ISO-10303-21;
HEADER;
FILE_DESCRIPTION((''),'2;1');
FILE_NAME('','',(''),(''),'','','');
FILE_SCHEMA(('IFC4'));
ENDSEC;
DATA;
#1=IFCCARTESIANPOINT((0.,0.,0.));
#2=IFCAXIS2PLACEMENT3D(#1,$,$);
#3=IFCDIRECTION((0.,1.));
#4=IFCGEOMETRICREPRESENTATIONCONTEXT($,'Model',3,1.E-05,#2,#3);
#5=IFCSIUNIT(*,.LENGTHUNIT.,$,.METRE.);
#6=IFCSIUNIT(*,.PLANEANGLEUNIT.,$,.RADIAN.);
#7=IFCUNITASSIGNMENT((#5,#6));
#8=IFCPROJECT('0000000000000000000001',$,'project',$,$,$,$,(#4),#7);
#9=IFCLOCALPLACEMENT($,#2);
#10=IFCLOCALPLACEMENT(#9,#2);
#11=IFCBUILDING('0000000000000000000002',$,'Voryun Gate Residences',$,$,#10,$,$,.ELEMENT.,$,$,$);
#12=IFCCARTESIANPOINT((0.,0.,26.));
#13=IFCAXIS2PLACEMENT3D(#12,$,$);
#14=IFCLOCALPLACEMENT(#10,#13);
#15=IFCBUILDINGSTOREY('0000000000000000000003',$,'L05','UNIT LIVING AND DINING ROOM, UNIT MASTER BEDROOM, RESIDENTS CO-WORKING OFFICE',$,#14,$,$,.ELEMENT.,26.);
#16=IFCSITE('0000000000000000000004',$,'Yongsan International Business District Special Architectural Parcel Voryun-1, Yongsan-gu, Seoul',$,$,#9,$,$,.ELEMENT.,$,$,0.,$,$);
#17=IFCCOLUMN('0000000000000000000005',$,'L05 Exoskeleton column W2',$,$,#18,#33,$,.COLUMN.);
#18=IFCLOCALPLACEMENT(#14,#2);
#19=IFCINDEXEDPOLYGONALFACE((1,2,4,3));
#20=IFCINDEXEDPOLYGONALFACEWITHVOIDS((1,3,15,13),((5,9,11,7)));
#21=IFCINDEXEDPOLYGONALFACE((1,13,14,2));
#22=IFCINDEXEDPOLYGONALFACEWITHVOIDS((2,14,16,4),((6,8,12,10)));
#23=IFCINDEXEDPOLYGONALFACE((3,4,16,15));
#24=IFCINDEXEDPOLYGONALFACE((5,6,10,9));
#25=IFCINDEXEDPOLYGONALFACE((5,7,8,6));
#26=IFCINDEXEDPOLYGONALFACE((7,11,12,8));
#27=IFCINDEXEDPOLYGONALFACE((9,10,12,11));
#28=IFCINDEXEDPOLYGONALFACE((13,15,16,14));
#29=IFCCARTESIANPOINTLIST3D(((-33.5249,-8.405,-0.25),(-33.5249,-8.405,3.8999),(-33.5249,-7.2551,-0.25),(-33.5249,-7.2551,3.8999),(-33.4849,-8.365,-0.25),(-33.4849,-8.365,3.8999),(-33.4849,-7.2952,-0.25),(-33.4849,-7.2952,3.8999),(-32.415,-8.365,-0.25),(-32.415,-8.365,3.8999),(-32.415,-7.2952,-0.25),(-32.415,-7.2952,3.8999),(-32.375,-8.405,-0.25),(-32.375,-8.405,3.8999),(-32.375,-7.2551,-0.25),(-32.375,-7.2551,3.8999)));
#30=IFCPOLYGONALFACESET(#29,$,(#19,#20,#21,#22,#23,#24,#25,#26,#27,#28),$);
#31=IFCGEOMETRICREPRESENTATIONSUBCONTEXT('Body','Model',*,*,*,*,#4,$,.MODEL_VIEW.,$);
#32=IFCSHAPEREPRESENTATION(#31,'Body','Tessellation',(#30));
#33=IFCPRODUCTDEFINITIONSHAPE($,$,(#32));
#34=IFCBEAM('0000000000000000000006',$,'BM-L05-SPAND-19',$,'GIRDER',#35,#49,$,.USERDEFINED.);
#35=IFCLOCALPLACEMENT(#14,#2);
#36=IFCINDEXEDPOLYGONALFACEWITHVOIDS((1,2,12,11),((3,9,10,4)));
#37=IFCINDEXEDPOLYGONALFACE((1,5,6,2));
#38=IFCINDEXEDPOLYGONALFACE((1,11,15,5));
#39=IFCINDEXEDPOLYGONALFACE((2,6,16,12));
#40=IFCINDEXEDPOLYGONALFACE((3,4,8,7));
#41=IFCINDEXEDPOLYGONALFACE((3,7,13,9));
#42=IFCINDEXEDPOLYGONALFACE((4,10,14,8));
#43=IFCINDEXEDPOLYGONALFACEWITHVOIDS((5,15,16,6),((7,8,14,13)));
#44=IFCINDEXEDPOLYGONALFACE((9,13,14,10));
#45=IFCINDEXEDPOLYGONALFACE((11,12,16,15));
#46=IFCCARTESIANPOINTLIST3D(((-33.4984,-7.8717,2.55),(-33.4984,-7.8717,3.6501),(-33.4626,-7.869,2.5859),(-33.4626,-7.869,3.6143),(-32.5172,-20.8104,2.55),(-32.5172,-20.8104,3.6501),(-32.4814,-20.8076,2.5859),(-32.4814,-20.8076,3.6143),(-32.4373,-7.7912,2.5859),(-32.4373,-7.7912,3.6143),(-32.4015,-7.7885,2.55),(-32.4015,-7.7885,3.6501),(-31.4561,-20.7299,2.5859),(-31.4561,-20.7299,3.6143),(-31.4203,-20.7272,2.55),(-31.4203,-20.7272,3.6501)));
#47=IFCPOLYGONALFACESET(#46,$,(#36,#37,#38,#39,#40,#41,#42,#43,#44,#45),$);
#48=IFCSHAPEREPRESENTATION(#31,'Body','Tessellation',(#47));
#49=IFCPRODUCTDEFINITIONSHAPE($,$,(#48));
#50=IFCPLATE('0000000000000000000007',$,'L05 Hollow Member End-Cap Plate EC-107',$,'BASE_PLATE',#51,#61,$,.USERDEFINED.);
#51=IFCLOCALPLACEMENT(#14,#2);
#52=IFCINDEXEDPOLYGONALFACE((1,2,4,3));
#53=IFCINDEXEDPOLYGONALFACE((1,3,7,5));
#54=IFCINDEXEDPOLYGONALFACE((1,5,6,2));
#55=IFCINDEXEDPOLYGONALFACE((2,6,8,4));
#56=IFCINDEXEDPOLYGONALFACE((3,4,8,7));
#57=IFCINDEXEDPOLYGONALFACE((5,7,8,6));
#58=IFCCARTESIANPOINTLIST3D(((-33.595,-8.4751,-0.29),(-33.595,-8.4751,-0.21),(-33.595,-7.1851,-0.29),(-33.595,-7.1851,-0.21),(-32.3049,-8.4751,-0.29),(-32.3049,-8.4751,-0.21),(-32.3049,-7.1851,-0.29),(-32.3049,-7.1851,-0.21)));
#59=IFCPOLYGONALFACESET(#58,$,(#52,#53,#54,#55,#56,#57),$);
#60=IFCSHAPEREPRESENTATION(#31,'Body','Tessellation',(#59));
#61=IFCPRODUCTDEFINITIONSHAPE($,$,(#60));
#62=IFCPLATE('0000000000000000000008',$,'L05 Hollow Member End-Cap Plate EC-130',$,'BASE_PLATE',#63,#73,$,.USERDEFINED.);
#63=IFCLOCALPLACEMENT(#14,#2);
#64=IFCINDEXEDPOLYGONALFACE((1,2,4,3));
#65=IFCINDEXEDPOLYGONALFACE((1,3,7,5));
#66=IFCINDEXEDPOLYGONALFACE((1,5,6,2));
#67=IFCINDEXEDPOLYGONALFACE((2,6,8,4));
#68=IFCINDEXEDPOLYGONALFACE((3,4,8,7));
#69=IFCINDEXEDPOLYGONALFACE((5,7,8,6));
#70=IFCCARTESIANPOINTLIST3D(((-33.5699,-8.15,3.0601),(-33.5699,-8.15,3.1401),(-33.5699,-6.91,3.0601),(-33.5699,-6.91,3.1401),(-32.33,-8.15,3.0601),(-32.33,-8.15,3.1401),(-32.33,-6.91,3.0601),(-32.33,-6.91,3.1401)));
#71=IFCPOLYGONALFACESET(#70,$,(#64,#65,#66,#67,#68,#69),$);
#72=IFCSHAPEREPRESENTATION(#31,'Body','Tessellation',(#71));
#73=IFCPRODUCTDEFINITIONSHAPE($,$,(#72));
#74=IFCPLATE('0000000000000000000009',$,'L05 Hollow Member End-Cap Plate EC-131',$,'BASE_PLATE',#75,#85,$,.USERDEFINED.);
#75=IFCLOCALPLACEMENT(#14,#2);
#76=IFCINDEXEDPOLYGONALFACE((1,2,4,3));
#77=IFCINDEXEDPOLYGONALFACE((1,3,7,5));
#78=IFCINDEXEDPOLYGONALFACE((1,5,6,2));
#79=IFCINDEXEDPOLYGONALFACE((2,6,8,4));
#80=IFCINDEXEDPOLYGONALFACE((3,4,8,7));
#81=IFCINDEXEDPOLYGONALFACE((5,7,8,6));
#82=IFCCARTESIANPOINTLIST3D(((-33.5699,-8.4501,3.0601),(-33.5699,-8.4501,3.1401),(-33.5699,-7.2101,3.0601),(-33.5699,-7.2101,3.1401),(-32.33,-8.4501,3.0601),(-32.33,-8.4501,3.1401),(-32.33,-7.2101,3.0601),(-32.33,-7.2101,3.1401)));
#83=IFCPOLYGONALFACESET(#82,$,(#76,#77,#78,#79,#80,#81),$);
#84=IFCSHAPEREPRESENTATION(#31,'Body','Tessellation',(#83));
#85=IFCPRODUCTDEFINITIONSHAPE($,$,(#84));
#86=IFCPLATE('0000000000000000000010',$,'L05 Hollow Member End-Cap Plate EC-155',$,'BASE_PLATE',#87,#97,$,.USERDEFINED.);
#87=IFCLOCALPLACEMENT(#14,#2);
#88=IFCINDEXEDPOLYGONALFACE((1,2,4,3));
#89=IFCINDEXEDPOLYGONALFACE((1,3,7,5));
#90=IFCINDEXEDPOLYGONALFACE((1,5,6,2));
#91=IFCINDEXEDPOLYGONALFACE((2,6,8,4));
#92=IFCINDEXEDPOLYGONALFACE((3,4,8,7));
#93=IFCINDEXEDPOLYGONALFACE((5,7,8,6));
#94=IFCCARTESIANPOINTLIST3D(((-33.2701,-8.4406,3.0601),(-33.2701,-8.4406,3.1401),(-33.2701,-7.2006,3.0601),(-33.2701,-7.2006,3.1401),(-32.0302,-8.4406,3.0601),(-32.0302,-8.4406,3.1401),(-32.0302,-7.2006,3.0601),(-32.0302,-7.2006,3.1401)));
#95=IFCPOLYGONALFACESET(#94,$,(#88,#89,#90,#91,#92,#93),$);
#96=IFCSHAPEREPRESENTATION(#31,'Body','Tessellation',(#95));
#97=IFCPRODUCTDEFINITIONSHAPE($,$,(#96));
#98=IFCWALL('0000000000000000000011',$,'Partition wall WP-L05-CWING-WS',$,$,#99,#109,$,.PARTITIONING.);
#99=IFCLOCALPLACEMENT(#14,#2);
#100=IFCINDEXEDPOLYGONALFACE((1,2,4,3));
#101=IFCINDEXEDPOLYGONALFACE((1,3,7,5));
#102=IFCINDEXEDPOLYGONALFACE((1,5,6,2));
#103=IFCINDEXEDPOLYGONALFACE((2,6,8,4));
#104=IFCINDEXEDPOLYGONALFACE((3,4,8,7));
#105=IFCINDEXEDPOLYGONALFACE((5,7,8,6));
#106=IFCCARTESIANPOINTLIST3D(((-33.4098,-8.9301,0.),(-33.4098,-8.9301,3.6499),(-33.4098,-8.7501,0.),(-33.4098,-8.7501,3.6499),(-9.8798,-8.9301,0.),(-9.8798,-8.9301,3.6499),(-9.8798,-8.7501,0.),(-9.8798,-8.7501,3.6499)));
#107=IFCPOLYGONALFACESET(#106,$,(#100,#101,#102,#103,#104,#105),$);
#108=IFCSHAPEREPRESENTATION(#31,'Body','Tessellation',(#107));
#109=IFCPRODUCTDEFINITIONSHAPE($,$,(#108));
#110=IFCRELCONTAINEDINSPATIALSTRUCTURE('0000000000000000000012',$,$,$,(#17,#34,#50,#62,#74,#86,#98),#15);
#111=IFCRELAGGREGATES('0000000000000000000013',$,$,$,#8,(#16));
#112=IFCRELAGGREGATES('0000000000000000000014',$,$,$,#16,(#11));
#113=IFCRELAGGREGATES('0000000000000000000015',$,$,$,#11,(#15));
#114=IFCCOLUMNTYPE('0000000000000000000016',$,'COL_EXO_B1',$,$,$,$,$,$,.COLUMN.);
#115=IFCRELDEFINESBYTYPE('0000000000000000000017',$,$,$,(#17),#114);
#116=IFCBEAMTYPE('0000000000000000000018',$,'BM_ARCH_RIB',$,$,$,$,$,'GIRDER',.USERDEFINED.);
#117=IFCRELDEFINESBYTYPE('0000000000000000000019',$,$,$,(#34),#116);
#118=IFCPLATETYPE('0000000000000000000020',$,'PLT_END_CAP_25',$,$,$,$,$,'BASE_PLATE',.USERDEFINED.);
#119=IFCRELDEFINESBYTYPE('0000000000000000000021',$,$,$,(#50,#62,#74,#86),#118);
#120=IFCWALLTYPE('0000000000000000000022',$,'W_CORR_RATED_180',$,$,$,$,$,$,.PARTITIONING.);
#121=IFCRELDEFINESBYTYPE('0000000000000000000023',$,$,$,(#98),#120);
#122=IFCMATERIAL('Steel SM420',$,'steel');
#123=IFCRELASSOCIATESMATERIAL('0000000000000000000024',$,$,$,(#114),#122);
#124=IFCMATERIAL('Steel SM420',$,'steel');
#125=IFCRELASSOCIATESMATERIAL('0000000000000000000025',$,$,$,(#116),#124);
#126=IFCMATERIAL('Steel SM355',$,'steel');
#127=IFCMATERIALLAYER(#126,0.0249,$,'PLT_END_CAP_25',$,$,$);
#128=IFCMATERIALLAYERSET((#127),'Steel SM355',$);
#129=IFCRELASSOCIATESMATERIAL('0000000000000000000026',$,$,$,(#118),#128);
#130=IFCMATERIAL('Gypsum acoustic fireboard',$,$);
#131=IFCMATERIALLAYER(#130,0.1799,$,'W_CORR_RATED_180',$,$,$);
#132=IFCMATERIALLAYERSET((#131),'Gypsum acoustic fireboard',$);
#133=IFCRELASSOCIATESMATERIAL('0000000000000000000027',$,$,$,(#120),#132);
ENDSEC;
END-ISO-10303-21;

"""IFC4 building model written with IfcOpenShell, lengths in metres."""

from ifc_helpers import new_model, si_unit, direction, frame, frame_2d, origin, origin_2d, place, context, subcontext, project, spatial, rectangle, hollow_rectangle, extrude, material, layer, layer_set, material_profile, profile_set, type_object, element, save


model = new_model("IFC4")

# Units and contexts
model_context = context("Model", 3, precision=1e-05, world=origin(), true_north=direction((0.0, 1.0)))
body_context = subcontext(model_context, "Body", "Model", "MODEL_VIEW")
ifc_project = project(units=[si_unit("LENGTHUNIT", "METRE"), si_unit("PLANEANGLEUNIT", "RADIAN")], contexts=[model_context])

# Site, building, storey
site_placement = place(None, origin())
site = spatial("IfcSite", under=ifc_project, at=site_placement, Name="Yongsan International Business District Special Architectural Parcel Voryun-1, Yongsan-gu, Seoul", CompositionType="ELEMENT", RefElevation=0.0)
building_placement = place(site_placement, origin())
building = spatial("IfcBuilding", under=site, at=building_placement, Name="Voryun Gate Residences", CompositionType="ELEMENT")
storey_placement = place(building_placement, frame((0.0, 0.0, 26.0)))
storey = spatial("IfcBuildingStorey", under=building, at=storey_placement, Name="L05", Description="UNIT LIVING AND DINING ROOM, UNIT MASTER BEDROOM, RESIDENTS CO-WORKING OFFICE", CompositionType="ELEMENT", Elevation=26.0)

# Column
ifc_material_1 = material(Name="Steel SM420", Category="steel")
ifc_material_profile_1 = material_profile(ifc_material_1, hollow_rectangle(XDim=1.1499, YDim=1.1499, WallThickness=0.04, at=origin_2d()), Name="BOX-1150x1150x40")
ifc_profile_set_1 = profile_set([ifc_material_profile_1], Name="Steel SM420")
column_type = type_object("IfcColumnType", Name="COL_EXO_B1", PredefinedType="COLUMN", material=ifc_profile_set_1)
column_placement = place(storey_placement, frame((-32.95, -7.8301, -0.25), z_axis=(0.0, 0.0, 1.0), x_axis=(1.0, 0.0, 0.0)))
element("IfcColumn", 1, at=column_placement, inside=storey, type_object=column_type, Name="L05 Exoskeleton column W2", PredefinedType="COLUMN", context=body_context, shape_type="SweptSolid", body=[
    extrude(hollow_rectangle(XDim=1.1499, YDim=1.1499, WallThickness=0.04, at=origin_2d()), origin(), (0.0, 0.0, 1.0), 4.1499),
])

# Beam
ifc_material_2 = material(Name="Steel SM420", Category="steel")
ifc_material_profile_2 = material_profile(ifc_material_2, hollow_rectangle(XDim=1.1001, YDim=1.1001, WallThickness=0.0359, at=origin_2d()), Name="BOX-1100x1100x36")
ifc_profile_set_2 = profile_set([ifc_material_profile_2], Name="Steel SM420")
beam_type = type_object("IfcBeamType", Name="BM_ARCH_RIB", ElementType="GIRDER", PredefinedType="USERDEFINED", material=ifc_profile_set_2)
beam_placement = place(storey_placement, frame((-32.95, -7.8301, 3.1001), z_axis=(0.075617, -0.997137, 0.0), x_axis=(0.997137, 0.075617, 0.0)))
element("IfcBeam", 2, at=beam_placement, inside=storey, type_object=beam_type, Name="BM-L05-SPAND-19", ObjectType="GIRDER", PredefinedType="USERDEFINED", context=body_context, shape_type="SweptSolid", body=[
    extrude(hollow_rectangle(XDim=1.1001, YDim=1.1001, WallThickness=0.0359, at=origin_2d()), origin(), (0.0, 0.0, 1.0), 12.9758),
])

# Plates
ifc_material_3 = material(Name="Steel SM355", Category="steel")
ifc_layer_1 = layer(ifc_material_3, 0.0249, Name="PLT_END_CAP_25")
ifc_layer_set_1 = layer_set([ifc_layer_1], Name="Steel SM355")
plate_type = type_object("IfcPlateType", Name="PLT_END_CAP_25", ElementType="BASE_PLATE", PredefinedType="USERDEFINED", material=ifc_layer_set_1)
plate_placement = place(storey_placement, frame((-32.95, -7.8301, -0.29), z_axis=(0.0, 0.0, 1.0), x_axis=(1.0, 0.0, 0.0)))
element("IfcPlate", 3, at=plate_placement, inside=storey, type_object=plate_type, Name="L05 Hollow Member End-Cap Plate EC-107", ObjectType="BASE_PLATE", PredefinedType="USERDEFINED", context=body_context, shape_type="SweptSolid", body=[
    extrude(rectangle(XDim=1.29, YDim=1.29, at=origin_2d()), origin(), (0.0, 0.0, 1.0), 0.0801),
])
for number, where, z_axis, x_axis, name in (
    (4, (-32.95, -7.53, 3.0601), (0.0, 0.0, 1.0), (1.0, 0.0, 0.0), "L05 Hollow Member End-Cap Plate EC-130"),
    (5, (-32.95, -7.8301, 3.0601), (0.0, 0.0, 1.0), (1.0, 0.0, 0.0), "L05 Hollow Member End-Cap Plate EC-131"),
    (6, (-32.6501, -7.8206, 3.0601), (0.0, 0.0, 1.0), (1.0, 0.0, 0.0), "L05 Hollow Member End-Cap Plate EC-155"),
):
    element("IfcPlate", number, at=place(storey_placement, frame(where, z_axis=z_axis, x_axis=x_axis)), inside=storey, type_object=plate_type, Name=name, ObjectType="BASE_PLATE", PredefinedType="USERDEFINED", context=body_context, shape_type="SweptSolid", body=[
        extrude(rectangle(XDim=1.24, YDim=1.24, at=origin_2d()), origin(), (0.0, 0.0, 1.0), 0.0801),
    ])

# Wall
ifc_material_4 = material(Name="Gypsum acoustic fireboard")
ifc_layer_2 = layer(ifc_material_4, 0.1799, Name="W_CORR_RATED_180")
ifc_layer_set_2 = layer_set([ifc_layer_2], Name="Gypsum acoustic fireboard")
wall_type_1 = type_object("IfcWallType", Name="W_CORR_RATED_180", PredefinedType="PARTITIONING", material=ifc_layer_set_2)
wall_1_placement = place(storey_placement, frame((-33.4099, -8.8401, 0.0), z_axis=(0.0, 0.0, 1.0), x_axis=(1.0, 0.0, 0.0)))
element("IfcWall", 7, at=wall_1_placement, inside=storey, type_object=wall_type_1, Name="Partition wall WP-L05-CWING-WS", PredefinedType="PARTITIONING", context=body_context, shape_type="SweptSolid", body=[
    extrude(rectangle(XDim=23.53, YDim=0.1799, at=frame_2d((11.7651, 0.0))), origin(), (0.0, 0.0, 1.0), 3.6499),
])

save(model, "model.ifc")
